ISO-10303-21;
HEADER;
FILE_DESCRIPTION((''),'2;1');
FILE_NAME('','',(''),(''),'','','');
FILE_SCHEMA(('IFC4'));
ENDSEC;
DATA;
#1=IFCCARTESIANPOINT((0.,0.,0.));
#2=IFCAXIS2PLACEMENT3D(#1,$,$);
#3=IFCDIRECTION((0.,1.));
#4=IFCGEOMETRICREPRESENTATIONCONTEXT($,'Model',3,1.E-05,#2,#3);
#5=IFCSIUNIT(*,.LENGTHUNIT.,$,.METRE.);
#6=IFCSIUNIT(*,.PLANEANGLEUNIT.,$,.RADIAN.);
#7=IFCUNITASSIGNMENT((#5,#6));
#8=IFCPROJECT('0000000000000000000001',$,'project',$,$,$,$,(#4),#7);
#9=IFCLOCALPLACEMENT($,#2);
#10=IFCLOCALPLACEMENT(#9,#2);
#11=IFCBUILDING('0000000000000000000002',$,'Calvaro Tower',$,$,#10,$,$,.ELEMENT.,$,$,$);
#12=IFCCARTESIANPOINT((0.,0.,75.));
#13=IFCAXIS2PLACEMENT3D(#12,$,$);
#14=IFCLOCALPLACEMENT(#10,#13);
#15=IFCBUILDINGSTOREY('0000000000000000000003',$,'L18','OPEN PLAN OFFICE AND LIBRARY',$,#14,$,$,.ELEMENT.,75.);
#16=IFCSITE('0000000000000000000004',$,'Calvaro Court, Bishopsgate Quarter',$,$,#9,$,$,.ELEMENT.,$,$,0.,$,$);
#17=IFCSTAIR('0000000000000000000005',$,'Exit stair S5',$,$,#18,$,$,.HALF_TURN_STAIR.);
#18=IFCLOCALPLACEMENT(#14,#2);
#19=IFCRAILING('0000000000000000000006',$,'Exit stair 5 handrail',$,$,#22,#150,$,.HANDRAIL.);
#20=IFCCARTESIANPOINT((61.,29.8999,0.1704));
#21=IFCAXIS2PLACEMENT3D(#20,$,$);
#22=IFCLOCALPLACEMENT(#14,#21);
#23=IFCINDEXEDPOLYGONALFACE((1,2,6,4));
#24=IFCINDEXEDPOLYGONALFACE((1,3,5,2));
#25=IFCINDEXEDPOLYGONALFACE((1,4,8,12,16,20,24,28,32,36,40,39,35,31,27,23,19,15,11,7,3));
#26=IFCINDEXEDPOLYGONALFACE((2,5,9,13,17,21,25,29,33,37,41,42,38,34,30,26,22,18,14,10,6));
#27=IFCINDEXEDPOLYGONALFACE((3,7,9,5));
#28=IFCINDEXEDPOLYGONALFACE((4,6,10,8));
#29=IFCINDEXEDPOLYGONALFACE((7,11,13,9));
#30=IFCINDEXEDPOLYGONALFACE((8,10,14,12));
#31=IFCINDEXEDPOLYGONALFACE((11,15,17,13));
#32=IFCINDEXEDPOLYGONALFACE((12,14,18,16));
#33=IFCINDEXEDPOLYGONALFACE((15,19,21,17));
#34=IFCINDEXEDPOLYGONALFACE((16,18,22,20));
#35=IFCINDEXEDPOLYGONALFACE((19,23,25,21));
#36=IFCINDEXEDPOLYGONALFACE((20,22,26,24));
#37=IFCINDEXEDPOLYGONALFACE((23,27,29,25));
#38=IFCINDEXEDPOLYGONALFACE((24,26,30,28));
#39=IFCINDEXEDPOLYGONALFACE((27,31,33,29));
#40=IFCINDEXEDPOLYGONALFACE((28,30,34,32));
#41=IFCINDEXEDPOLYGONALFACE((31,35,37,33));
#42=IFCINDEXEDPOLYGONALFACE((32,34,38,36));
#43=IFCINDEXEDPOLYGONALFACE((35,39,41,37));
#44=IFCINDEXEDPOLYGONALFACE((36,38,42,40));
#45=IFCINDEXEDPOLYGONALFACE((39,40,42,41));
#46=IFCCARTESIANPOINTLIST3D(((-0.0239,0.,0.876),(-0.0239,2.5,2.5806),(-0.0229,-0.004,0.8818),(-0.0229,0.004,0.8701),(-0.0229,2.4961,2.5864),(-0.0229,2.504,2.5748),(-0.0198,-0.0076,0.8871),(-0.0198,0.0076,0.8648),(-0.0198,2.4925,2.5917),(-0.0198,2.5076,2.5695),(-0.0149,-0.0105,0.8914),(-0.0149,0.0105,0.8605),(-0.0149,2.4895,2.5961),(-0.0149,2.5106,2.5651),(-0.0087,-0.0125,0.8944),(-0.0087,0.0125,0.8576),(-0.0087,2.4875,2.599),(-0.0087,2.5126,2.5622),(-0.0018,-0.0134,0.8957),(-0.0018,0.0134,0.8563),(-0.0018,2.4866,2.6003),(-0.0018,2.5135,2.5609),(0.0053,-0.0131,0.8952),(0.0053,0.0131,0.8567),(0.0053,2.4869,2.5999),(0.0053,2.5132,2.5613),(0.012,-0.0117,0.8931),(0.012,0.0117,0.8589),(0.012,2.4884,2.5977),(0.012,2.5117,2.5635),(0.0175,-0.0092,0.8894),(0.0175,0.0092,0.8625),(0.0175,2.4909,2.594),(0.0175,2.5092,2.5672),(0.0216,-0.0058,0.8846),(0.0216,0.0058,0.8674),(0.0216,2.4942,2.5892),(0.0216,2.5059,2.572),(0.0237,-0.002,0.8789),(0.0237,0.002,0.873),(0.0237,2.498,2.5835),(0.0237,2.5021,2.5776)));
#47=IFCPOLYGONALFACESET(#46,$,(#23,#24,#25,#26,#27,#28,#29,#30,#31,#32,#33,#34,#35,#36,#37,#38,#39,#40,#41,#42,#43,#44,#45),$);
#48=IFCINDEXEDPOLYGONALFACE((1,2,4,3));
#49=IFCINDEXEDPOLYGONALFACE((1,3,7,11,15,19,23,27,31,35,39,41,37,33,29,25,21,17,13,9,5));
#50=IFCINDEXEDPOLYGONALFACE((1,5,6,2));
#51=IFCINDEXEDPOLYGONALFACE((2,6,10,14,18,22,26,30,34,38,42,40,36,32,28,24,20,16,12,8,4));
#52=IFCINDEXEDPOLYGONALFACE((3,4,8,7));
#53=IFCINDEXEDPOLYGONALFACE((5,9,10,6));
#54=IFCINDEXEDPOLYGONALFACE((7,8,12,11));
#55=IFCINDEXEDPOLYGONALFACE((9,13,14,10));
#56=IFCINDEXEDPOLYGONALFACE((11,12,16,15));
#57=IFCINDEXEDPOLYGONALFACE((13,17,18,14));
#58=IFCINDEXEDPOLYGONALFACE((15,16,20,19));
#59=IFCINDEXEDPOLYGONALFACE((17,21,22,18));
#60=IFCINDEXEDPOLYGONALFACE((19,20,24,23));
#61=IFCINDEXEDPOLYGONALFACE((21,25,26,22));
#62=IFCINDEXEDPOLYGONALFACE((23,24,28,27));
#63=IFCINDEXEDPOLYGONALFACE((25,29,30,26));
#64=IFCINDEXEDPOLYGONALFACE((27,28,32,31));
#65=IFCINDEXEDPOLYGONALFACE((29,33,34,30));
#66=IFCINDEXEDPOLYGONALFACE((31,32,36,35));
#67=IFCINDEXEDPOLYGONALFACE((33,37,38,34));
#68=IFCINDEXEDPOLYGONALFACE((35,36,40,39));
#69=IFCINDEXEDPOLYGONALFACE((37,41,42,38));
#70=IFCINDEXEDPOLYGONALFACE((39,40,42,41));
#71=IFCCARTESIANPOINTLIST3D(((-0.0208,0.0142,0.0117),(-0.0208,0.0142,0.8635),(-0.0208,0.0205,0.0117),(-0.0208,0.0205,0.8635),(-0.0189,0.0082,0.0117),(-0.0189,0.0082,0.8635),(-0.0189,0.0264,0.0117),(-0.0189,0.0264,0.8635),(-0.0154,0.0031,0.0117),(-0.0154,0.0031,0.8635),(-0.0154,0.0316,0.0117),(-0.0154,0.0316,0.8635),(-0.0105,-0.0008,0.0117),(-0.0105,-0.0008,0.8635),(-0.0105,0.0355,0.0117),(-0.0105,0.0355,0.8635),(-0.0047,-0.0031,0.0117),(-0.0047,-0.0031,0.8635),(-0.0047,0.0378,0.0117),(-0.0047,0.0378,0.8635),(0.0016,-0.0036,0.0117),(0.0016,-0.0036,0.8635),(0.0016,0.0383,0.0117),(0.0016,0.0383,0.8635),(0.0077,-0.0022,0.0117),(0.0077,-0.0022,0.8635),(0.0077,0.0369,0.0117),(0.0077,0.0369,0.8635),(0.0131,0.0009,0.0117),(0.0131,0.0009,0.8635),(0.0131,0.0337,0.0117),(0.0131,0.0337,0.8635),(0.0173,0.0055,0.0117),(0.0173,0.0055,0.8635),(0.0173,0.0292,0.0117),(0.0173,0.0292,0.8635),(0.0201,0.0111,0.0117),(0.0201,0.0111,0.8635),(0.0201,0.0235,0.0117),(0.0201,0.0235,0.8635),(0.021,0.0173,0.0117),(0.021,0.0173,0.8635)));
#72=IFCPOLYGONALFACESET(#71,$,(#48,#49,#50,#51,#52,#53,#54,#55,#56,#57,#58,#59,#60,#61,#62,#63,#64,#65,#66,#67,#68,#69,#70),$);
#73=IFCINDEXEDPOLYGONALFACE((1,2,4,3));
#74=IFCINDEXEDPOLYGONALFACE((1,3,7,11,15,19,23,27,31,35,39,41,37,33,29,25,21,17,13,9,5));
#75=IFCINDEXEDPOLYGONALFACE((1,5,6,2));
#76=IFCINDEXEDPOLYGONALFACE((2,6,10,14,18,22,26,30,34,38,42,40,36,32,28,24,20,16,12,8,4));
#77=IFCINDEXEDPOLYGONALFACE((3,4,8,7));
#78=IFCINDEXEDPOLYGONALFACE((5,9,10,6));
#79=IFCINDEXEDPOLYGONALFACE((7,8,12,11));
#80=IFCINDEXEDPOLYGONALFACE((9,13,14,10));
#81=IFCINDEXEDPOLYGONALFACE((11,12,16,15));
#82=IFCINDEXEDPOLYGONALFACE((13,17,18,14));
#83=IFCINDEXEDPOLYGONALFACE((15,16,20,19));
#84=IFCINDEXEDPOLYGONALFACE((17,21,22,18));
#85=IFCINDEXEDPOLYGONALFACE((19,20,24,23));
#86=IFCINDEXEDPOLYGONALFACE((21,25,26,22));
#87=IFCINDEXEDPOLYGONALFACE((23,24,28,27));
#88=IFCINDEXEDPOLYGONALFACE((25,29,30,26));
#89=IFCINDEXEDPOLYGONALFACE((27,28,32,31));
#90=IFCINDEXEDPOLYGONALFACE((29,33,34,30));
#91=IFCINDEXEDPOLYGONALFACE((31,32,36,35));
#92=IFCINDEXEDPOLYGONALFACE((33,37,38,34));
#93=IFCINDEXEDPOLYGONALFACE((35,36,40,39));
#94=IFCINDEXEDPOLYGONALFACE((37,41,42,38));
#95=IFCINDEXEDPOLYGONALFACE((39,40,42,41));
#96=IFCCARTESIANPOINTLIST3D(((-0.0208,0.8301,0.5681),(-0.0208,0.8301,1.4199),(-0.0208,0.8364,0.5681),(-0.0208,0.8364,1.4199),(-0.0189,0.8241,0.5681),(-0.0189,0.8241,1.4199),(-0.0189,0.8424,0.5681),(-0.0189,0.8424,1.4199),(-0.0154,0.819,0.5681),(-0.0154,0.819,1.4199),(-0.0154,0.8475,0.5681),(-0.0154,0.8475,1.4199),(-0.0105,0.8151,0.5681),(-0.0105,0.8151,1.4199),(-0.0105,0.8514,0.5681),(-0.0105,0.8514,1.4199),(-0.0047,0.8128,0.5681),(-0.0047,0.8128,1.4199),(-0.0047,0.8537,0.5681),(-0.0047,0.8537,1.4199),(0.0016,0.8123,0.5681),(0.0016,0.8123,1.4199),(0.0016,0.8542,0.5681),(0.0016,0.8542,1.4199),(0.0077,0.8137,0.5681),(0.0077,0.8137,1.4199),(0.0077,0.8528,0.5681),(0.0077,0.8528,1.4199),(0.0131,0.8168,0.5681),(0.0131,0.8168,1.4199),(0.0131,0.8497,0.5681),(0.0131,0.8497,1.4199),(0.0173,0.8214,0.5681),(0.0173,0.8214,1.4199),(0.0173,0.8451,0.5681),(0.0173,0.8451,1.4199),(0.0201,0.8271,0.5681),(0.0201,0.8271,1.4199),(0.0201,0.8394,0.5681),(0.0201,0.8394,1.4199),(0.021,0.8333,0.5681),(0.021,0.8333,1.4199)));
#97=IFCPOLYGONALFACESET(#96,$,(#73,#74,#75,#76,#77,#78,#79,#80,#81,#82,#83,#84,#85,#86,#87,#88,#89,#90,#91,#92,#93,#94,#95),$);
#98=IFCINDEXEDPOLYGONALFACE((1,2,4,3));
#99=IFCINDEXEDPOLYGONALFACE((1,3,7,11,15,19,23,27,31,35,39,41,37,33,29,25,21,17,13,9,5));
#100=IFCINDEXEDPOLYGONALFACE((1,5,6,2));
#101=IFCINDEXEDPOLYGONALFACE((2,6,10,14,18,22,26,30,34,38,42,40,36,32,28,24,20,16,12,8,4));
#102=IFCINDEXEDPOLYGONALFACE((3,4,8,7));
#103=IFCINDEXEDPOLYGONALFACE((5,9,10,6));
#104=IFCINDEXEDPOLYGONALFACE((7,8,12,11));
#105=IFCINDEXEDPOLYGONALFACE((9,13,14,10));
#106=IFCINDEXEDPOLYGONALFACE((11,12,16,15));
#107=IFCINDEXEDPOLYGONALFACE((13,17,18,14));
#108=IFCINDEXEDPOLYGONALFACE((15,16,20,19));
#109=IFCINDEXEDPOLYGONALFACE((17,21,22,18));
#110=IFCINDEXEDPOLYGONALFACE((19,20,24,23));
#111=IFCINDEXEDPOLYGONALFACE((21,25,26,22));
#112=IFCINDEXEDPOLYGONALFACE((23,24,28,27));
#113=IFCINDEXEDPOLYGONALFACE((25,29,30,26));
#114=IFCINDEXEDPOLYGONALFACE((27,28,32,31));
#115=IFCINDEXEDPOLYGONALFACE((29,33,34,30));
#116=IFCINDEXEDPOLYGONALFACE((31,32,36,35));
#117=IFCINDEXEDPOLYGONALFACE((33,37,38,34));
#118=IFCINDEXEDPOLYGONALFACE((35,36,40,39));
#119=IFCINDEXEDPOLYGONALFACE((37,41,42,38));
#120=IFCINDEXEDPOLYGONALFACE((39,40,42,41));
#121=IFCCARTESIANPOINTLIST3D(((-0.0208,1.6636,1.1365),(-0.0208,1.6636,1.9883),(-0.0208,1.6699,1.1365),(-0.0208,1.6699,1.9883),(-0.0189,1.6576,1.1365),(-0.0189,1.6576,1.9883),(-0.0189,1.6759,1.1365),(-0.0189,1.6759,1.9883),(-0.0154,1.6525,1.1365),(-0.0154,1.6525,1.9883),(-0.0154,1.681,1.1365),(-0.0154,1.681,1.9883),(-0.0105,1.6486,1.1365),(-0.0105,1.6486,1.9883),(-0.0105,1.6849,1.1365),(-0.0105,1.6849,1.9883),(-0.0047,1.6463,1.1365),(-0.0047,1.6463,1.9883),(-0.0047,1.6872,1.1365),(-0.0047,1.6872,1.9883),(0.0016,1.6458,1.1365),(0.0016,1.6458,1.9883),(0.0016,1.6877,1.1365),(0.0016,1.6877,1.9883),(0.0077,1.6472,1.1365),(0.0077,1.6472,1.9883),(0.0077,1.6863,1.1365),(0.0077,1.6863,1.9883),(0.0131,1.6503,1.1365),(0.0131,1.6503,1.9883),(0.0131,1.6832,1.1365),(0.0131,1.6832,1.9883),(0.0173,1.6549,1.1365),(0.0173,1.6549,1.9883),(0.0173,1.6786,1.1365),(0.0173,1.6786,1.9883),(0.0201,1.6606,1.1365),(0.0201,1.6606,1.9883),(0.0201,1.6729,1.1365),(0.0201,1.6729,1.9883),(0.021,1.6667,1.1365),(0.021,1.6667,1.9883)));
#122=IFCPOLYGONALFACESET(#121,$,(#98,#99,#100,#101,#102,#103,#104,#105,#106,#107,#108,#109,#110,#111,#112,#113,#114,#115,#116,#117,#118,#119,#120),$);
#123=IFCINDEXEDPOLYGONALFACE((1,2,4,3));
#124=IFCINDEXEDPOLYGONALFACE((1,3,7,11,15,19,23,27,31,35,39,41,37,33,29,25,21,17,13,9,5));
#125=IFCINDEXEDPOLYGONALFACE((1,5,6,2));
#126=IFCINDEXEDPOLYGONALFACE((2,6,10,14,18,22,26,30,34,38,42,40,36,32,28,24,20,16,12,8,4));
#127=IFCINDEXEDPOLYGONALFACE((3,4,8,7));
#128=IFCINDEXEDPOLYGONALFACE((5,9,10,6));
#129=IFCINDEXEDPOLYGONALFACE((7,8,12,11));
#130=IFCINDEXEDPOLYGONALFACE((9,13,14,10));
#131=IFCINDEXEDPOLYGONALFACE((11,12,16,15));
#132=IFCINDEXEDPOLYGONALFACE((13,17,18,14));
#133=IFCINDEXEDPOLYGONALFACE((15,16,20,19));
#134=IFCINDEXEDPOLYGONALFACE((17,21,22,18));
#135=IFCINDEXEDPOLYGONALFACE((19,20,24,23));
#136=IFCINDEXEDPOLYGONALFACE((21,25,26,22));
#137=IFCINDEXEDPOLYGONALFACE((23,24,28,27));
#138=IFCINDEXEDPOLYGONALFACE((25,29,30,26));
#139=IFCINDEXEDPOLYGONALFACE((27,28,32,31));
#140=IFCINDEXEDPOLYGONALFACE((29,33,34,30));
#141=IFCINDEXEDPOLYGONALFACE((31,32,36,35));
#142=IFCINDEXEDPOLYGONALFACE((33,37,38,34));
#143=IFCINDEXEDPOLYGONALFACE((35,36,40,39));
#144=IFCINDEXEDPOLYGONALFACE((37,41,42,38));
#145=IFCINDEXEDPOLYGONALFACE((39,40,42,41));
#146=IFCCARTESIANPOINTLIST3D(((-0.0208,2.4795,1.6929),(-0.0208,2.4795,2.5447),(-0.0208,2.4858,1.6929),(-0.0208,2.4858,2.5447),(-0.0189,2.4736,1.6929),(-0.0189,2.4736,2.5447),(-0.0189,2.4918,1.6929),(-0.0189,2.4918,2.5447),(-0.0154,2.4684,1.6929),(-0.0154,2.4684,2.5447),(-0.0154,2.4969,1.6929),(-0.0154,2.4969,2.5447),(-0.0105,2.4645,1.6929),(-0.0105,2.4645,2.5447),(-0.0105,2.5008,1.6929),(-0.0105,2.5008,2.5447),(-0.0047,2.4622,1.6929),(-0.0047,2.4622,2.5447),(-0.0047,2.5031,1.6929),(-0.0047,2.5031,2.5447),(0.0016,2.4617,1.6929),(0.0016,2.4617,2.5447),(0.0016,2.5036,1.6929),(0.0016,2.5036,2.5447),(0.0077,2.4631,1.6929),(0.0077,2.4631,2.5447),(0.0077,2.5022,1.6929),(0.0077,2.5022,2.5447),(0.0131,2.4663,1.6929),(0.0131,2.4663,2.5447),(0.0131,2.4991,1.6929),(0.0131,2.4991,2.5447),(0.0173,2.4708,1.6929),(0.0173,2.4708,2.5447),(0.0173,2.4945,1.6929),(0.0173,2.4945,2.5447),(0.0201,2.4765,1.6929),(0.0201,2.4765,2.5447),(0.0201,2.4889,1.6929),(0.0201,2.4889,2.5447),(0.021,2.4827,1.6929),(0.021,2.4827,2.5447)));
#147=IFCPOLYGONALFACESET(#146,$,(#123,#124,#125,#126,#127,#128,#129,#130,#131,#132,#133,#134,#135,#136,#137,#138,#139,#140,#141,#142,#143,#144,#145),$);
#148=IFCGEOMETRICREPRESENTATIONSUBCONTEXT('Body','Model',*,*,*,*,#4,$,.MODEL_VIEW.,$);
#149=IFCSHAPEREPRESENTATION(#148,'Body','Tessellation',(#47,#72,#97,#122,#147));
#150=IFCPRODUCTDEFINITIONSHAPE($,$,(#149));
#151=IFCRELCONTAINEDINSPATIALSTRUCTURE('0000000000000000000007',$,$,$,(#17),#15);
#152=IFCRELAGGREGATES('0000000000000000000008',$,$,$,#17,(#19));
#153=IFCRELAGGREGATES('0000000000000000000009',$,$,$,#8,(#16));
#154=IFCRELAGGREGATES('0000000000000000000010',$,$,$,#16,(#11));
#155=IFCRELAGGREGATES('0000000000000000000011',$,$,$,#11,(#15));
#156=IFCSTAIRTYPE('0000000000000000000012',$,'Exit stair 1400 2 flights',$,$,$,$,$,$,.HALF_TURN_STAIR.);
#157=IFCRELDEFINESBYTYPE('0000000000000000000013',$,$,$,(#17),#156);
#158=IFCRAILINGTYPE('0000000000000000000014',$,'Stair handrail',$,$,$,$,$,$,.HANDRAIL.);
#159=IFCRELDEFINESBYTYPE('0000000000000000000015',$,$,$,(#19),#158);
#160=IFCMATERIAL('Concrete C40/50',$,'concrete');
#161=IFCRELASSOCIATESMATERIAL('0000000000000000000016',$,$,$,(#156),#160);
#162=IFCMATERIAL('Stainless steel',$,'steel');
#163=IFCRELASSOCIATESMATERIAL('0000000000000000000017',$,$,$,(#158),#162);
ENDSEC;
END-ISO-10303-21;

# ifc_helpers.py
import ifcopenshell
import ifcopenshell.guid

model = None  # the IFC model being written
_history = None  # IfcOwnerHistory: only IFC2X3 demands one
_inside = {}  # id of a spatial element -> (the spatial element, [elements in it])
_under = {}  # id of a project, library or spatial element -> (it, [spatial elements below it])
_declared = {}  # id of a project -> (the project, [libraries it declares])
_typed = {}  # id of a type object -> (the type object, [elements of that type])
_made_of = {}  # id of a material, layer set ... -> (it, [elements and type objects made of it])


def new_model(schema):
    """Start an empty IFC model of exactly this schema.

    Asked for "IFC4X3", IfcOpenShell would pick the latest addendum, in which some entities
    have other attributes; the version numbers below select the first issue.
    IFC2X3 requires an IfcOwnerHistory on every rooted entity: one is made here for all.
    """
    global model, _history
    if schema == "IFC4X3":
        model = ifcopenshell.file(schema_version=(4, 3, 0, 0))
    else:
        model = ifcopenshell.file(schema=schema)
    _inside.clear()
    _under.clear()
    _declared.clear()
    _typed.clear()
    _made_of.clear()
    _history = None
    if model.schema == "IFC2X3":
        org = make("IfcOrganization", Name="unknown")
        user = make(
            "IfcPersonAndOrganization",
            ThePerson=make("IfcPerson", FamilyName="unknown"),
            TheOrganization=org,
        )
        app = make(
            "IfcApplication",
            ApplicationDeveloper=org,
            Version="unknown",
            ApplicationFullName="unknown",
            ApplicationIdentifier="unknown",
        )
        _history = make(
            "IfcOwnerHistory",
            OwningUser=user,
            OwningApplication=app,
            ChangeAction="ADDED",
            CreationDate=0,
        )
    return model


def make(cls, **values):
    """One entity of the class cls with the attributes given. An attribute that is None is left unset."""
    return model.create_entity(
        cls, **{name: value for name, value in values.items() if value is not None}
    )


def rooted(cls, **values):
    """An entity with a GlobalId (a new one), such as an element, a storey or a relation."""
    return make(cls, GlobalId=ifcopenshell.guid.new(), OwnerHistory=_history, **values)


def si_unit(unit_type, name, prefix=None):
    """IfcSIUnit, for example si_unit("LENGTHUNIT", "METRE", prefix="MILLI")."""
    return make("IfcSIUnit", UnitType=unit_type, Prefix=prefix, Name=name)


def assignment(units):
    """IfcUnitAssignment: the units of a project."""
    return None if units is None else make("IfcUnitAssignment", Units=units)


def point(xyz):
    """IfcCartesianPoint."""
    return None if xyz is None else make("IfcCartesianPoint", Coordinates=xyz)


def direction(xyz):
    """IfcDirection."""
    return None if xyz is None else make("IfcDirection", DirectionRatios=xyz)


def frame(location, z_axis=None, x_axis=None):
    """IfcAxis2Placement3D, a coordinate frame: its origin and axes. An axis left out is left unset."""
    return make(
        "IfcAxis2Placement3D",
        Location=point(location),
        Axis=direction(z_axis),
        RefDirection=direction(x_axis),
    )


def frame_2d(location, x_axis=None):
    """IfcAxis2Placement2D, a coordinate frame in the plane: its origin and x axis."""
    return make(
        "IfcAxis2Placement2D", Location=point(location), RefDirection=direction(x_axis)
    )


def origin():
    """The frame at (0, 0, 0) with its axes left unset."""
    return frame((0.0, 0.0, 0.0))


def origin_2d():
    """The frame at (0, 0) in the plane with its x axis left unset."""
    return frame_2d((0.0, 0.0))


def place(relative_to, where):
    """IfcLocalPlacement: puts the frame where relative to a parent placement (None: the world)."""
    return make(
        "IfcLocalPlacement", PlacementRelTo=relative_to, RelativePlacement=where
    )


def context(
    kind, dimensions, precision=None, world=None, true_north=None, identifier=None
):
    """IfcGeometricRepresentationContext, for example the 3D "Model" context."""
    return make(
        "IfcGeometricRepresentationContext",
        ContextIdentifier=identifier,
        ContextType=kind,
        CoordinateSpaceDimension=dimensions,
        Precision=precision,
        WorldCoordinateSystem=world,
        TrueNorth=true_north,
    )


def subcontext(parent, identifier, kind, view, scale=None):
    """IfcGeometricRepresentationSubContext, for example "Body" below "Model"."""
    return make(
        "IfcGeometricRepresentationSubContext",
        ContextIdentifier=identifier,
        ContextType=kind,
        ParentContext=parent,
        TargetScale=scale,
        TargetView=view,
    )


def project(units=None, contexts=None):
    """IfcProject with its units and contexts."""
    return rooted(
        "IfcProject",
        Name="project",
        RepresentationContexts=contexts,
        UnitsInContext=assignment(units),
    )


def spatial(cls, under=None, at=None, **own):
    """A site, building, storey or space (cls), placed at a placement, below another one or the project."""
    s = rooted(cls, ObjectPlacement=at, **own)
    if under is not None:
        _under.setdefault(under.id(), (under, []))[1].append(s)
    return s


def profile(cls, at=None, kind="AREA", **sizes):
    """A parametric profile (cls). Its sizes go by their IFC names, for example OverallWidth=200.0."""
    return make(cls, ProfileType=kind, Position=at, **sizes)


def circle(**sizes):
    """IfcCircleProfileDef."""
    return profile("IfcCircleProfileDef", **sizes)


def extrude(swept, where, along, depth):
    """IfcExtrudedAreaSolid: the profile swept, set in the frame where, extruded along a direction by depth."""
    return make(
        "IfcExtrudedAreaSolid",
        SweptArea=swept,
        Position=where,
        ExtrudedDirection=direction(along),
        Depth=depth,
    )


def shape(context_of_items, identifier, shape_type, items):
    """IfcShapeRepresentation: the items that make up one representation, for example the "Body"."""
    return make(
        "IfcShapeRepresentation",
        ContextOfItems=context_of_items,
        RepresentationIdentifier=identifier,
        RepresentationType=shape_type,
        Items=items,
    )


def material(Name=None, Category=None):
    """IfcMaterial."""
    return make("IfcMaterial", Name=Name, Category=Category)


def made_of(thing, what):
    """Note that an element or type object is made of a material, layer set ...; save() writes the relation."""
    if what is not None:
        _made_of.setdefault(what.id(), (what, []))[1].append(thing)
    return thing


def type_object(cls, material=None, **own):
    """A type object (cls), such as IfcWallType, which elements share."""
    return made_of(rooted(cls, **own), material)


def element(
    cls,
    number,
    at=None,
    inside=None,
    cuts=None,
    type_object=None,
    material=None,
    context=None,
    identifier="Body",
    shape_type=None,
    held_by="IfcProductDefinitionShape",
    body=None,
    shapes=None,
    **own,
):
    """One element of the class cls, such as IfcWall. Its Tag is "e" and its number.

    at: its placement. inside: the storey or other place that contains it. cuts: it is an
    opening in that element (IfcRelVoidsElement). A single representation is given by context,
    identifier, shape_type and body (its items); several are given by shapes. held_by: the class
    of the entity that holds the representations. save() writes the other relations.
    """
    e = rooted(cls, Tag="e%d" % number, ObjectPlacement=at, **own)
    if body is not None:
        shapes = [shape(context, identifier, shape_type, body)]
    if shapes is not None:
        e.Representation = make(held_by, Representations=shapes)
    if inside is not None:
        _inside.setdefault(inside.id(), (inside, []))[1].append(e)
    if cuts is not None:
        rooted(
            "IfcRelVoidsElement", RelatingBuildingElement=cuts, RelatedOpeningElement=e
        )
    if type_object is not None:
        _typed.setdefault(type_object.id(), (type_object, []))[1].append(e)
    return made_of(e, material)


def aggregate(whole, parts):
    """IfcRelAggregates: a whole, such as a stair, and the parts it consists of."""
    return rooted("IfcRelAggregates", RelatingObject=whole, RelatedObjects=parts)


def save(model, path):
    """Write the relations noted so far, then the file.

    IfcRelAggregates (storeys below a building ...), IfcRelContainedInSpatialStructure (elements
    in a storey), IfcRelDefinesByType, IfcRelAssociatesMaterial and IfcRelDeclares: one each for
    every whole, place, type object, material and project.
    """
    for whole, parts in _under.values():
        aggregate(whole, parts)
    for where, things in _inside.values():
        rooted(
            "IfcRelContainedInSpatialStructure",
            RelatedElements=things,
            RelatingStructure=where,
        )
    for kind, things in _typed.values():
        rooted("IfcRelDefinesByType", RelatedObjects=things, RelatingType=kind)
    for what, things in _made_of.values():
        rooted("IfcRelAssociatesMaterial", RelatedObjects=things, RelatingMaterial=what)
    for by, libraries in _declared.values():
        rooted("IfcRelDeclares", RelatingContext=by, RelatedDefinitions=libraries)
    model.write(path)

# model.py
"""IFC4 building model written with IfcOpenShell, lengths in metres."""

from ifc_helpers import new_model, si_unit, direction, frame, origin, origin_2d, place, context, subcontext, project, spatial, circle, extrude, material, type_object, element, aggregate, save


model = new_model("IFC4")

# Units and contexts
model_context = context("Model", 3, precision=1e-05, world=origin(), true_north=direction((0.0, 1.0)))
body_context = subcontext(model_context, "Body", "Model", "MODEL_VIEW")
ifc_project = project(units=[si_unit("LENGTHUNIT", "METRE"), si_unit("PLANEANGLEUNIT", "RADIAN")], contexts=[model_context])

# Site, building, storey
site_placement = place(None, origin())
site = spatial("IfcSite", under=ifc_project, at=site_placement, Name="Calvaro Court, Bishopsgate Quarter", CompositionType="ELEMENT", RefElevation=0.0)
building_placement = place(site_placement, origin())
building = spatial("IfcBuilding", under=site, at=building_placement, Name="Calvaro Tower", CompositionType="ELEMENT")
storey_placement = place(building_placement, frame((0.0, 0.0, 75.0)))
storey = spatial("IfcBuildingStorey", under=building, at=storey_placement, Name="L18", Description="OPEN PLAN OFFICE AND LIBRARY", CompositionType="ELEMENT", Elevation=75.0)

# Stair, railing
ifc_material_1 = material(Name="Concrete C40/50", Category="concrete")
stair_type = type_object("IfcStairType", Name="Exit stair 1400 2 flights", PredefinedType="HALF_TURN_STAIR", material=ifc_material_1)
stair_placement = place(storey_placement, origin())
stair = element("IfcStair", 1, at=stair_placement, inside=storey, type_object=stair_type, Name="Exit stair S5", PredefinedType="HALF_TURN_STAIR")
ifc_material_2 = material(Name="Stainless steel", Category="steel")
railing_type = type_object("IfcRailingType", Name="Stair handrail", PredefinedType="HANDRAIL", material=ifc_material_2)
railing_placement = place(storey_placement, frame((61.0, 29.8999, 0.1704)))
railing = element("IfcRailing", 2, at=railing_placement, type_object=railing_type, Name="Exit stair 5 handrail", PredefinedType="HANDRAIL", context=body_context, shape_type="SweptSolid", body=[
    extrude(circle(Radius=0.0239, at=origin_2d()), frame((0.0, 0.0, 0.876), z_axis=(0.0, 0.826221, 0.563347), x_axis=(-1.0, 0.0, 0.0)), (0.0, 0.0, 1.0), 3.0259),
    extrude(circle(Radius=0.021, at=origin_2d()), frame((0.0, 0.0173, 0.0117)), (0.0, 0.0, 1.0), 0.8518),
    extrude(circle(Radius=0.021, at=origin_2d()), frame((0.0, 0.8333, 0.5681)), (0.0, 0.0, 1.0), 0.8518),
    extrude(circle(Radius=0.021, at=origin_2d()), frame((0.0, 1.6667, 1.1365)), (0.0, 0.0, 1.0), 0.8518),
    extrude(circle(Radius=0.021, at=origin_2d()), frame((0.0, 2.4827, 1.6929)), (0.0, 0.0, 1.0), 0.8518),
])
aggregate(stair, [railing])

save(model, "model.ifc")
